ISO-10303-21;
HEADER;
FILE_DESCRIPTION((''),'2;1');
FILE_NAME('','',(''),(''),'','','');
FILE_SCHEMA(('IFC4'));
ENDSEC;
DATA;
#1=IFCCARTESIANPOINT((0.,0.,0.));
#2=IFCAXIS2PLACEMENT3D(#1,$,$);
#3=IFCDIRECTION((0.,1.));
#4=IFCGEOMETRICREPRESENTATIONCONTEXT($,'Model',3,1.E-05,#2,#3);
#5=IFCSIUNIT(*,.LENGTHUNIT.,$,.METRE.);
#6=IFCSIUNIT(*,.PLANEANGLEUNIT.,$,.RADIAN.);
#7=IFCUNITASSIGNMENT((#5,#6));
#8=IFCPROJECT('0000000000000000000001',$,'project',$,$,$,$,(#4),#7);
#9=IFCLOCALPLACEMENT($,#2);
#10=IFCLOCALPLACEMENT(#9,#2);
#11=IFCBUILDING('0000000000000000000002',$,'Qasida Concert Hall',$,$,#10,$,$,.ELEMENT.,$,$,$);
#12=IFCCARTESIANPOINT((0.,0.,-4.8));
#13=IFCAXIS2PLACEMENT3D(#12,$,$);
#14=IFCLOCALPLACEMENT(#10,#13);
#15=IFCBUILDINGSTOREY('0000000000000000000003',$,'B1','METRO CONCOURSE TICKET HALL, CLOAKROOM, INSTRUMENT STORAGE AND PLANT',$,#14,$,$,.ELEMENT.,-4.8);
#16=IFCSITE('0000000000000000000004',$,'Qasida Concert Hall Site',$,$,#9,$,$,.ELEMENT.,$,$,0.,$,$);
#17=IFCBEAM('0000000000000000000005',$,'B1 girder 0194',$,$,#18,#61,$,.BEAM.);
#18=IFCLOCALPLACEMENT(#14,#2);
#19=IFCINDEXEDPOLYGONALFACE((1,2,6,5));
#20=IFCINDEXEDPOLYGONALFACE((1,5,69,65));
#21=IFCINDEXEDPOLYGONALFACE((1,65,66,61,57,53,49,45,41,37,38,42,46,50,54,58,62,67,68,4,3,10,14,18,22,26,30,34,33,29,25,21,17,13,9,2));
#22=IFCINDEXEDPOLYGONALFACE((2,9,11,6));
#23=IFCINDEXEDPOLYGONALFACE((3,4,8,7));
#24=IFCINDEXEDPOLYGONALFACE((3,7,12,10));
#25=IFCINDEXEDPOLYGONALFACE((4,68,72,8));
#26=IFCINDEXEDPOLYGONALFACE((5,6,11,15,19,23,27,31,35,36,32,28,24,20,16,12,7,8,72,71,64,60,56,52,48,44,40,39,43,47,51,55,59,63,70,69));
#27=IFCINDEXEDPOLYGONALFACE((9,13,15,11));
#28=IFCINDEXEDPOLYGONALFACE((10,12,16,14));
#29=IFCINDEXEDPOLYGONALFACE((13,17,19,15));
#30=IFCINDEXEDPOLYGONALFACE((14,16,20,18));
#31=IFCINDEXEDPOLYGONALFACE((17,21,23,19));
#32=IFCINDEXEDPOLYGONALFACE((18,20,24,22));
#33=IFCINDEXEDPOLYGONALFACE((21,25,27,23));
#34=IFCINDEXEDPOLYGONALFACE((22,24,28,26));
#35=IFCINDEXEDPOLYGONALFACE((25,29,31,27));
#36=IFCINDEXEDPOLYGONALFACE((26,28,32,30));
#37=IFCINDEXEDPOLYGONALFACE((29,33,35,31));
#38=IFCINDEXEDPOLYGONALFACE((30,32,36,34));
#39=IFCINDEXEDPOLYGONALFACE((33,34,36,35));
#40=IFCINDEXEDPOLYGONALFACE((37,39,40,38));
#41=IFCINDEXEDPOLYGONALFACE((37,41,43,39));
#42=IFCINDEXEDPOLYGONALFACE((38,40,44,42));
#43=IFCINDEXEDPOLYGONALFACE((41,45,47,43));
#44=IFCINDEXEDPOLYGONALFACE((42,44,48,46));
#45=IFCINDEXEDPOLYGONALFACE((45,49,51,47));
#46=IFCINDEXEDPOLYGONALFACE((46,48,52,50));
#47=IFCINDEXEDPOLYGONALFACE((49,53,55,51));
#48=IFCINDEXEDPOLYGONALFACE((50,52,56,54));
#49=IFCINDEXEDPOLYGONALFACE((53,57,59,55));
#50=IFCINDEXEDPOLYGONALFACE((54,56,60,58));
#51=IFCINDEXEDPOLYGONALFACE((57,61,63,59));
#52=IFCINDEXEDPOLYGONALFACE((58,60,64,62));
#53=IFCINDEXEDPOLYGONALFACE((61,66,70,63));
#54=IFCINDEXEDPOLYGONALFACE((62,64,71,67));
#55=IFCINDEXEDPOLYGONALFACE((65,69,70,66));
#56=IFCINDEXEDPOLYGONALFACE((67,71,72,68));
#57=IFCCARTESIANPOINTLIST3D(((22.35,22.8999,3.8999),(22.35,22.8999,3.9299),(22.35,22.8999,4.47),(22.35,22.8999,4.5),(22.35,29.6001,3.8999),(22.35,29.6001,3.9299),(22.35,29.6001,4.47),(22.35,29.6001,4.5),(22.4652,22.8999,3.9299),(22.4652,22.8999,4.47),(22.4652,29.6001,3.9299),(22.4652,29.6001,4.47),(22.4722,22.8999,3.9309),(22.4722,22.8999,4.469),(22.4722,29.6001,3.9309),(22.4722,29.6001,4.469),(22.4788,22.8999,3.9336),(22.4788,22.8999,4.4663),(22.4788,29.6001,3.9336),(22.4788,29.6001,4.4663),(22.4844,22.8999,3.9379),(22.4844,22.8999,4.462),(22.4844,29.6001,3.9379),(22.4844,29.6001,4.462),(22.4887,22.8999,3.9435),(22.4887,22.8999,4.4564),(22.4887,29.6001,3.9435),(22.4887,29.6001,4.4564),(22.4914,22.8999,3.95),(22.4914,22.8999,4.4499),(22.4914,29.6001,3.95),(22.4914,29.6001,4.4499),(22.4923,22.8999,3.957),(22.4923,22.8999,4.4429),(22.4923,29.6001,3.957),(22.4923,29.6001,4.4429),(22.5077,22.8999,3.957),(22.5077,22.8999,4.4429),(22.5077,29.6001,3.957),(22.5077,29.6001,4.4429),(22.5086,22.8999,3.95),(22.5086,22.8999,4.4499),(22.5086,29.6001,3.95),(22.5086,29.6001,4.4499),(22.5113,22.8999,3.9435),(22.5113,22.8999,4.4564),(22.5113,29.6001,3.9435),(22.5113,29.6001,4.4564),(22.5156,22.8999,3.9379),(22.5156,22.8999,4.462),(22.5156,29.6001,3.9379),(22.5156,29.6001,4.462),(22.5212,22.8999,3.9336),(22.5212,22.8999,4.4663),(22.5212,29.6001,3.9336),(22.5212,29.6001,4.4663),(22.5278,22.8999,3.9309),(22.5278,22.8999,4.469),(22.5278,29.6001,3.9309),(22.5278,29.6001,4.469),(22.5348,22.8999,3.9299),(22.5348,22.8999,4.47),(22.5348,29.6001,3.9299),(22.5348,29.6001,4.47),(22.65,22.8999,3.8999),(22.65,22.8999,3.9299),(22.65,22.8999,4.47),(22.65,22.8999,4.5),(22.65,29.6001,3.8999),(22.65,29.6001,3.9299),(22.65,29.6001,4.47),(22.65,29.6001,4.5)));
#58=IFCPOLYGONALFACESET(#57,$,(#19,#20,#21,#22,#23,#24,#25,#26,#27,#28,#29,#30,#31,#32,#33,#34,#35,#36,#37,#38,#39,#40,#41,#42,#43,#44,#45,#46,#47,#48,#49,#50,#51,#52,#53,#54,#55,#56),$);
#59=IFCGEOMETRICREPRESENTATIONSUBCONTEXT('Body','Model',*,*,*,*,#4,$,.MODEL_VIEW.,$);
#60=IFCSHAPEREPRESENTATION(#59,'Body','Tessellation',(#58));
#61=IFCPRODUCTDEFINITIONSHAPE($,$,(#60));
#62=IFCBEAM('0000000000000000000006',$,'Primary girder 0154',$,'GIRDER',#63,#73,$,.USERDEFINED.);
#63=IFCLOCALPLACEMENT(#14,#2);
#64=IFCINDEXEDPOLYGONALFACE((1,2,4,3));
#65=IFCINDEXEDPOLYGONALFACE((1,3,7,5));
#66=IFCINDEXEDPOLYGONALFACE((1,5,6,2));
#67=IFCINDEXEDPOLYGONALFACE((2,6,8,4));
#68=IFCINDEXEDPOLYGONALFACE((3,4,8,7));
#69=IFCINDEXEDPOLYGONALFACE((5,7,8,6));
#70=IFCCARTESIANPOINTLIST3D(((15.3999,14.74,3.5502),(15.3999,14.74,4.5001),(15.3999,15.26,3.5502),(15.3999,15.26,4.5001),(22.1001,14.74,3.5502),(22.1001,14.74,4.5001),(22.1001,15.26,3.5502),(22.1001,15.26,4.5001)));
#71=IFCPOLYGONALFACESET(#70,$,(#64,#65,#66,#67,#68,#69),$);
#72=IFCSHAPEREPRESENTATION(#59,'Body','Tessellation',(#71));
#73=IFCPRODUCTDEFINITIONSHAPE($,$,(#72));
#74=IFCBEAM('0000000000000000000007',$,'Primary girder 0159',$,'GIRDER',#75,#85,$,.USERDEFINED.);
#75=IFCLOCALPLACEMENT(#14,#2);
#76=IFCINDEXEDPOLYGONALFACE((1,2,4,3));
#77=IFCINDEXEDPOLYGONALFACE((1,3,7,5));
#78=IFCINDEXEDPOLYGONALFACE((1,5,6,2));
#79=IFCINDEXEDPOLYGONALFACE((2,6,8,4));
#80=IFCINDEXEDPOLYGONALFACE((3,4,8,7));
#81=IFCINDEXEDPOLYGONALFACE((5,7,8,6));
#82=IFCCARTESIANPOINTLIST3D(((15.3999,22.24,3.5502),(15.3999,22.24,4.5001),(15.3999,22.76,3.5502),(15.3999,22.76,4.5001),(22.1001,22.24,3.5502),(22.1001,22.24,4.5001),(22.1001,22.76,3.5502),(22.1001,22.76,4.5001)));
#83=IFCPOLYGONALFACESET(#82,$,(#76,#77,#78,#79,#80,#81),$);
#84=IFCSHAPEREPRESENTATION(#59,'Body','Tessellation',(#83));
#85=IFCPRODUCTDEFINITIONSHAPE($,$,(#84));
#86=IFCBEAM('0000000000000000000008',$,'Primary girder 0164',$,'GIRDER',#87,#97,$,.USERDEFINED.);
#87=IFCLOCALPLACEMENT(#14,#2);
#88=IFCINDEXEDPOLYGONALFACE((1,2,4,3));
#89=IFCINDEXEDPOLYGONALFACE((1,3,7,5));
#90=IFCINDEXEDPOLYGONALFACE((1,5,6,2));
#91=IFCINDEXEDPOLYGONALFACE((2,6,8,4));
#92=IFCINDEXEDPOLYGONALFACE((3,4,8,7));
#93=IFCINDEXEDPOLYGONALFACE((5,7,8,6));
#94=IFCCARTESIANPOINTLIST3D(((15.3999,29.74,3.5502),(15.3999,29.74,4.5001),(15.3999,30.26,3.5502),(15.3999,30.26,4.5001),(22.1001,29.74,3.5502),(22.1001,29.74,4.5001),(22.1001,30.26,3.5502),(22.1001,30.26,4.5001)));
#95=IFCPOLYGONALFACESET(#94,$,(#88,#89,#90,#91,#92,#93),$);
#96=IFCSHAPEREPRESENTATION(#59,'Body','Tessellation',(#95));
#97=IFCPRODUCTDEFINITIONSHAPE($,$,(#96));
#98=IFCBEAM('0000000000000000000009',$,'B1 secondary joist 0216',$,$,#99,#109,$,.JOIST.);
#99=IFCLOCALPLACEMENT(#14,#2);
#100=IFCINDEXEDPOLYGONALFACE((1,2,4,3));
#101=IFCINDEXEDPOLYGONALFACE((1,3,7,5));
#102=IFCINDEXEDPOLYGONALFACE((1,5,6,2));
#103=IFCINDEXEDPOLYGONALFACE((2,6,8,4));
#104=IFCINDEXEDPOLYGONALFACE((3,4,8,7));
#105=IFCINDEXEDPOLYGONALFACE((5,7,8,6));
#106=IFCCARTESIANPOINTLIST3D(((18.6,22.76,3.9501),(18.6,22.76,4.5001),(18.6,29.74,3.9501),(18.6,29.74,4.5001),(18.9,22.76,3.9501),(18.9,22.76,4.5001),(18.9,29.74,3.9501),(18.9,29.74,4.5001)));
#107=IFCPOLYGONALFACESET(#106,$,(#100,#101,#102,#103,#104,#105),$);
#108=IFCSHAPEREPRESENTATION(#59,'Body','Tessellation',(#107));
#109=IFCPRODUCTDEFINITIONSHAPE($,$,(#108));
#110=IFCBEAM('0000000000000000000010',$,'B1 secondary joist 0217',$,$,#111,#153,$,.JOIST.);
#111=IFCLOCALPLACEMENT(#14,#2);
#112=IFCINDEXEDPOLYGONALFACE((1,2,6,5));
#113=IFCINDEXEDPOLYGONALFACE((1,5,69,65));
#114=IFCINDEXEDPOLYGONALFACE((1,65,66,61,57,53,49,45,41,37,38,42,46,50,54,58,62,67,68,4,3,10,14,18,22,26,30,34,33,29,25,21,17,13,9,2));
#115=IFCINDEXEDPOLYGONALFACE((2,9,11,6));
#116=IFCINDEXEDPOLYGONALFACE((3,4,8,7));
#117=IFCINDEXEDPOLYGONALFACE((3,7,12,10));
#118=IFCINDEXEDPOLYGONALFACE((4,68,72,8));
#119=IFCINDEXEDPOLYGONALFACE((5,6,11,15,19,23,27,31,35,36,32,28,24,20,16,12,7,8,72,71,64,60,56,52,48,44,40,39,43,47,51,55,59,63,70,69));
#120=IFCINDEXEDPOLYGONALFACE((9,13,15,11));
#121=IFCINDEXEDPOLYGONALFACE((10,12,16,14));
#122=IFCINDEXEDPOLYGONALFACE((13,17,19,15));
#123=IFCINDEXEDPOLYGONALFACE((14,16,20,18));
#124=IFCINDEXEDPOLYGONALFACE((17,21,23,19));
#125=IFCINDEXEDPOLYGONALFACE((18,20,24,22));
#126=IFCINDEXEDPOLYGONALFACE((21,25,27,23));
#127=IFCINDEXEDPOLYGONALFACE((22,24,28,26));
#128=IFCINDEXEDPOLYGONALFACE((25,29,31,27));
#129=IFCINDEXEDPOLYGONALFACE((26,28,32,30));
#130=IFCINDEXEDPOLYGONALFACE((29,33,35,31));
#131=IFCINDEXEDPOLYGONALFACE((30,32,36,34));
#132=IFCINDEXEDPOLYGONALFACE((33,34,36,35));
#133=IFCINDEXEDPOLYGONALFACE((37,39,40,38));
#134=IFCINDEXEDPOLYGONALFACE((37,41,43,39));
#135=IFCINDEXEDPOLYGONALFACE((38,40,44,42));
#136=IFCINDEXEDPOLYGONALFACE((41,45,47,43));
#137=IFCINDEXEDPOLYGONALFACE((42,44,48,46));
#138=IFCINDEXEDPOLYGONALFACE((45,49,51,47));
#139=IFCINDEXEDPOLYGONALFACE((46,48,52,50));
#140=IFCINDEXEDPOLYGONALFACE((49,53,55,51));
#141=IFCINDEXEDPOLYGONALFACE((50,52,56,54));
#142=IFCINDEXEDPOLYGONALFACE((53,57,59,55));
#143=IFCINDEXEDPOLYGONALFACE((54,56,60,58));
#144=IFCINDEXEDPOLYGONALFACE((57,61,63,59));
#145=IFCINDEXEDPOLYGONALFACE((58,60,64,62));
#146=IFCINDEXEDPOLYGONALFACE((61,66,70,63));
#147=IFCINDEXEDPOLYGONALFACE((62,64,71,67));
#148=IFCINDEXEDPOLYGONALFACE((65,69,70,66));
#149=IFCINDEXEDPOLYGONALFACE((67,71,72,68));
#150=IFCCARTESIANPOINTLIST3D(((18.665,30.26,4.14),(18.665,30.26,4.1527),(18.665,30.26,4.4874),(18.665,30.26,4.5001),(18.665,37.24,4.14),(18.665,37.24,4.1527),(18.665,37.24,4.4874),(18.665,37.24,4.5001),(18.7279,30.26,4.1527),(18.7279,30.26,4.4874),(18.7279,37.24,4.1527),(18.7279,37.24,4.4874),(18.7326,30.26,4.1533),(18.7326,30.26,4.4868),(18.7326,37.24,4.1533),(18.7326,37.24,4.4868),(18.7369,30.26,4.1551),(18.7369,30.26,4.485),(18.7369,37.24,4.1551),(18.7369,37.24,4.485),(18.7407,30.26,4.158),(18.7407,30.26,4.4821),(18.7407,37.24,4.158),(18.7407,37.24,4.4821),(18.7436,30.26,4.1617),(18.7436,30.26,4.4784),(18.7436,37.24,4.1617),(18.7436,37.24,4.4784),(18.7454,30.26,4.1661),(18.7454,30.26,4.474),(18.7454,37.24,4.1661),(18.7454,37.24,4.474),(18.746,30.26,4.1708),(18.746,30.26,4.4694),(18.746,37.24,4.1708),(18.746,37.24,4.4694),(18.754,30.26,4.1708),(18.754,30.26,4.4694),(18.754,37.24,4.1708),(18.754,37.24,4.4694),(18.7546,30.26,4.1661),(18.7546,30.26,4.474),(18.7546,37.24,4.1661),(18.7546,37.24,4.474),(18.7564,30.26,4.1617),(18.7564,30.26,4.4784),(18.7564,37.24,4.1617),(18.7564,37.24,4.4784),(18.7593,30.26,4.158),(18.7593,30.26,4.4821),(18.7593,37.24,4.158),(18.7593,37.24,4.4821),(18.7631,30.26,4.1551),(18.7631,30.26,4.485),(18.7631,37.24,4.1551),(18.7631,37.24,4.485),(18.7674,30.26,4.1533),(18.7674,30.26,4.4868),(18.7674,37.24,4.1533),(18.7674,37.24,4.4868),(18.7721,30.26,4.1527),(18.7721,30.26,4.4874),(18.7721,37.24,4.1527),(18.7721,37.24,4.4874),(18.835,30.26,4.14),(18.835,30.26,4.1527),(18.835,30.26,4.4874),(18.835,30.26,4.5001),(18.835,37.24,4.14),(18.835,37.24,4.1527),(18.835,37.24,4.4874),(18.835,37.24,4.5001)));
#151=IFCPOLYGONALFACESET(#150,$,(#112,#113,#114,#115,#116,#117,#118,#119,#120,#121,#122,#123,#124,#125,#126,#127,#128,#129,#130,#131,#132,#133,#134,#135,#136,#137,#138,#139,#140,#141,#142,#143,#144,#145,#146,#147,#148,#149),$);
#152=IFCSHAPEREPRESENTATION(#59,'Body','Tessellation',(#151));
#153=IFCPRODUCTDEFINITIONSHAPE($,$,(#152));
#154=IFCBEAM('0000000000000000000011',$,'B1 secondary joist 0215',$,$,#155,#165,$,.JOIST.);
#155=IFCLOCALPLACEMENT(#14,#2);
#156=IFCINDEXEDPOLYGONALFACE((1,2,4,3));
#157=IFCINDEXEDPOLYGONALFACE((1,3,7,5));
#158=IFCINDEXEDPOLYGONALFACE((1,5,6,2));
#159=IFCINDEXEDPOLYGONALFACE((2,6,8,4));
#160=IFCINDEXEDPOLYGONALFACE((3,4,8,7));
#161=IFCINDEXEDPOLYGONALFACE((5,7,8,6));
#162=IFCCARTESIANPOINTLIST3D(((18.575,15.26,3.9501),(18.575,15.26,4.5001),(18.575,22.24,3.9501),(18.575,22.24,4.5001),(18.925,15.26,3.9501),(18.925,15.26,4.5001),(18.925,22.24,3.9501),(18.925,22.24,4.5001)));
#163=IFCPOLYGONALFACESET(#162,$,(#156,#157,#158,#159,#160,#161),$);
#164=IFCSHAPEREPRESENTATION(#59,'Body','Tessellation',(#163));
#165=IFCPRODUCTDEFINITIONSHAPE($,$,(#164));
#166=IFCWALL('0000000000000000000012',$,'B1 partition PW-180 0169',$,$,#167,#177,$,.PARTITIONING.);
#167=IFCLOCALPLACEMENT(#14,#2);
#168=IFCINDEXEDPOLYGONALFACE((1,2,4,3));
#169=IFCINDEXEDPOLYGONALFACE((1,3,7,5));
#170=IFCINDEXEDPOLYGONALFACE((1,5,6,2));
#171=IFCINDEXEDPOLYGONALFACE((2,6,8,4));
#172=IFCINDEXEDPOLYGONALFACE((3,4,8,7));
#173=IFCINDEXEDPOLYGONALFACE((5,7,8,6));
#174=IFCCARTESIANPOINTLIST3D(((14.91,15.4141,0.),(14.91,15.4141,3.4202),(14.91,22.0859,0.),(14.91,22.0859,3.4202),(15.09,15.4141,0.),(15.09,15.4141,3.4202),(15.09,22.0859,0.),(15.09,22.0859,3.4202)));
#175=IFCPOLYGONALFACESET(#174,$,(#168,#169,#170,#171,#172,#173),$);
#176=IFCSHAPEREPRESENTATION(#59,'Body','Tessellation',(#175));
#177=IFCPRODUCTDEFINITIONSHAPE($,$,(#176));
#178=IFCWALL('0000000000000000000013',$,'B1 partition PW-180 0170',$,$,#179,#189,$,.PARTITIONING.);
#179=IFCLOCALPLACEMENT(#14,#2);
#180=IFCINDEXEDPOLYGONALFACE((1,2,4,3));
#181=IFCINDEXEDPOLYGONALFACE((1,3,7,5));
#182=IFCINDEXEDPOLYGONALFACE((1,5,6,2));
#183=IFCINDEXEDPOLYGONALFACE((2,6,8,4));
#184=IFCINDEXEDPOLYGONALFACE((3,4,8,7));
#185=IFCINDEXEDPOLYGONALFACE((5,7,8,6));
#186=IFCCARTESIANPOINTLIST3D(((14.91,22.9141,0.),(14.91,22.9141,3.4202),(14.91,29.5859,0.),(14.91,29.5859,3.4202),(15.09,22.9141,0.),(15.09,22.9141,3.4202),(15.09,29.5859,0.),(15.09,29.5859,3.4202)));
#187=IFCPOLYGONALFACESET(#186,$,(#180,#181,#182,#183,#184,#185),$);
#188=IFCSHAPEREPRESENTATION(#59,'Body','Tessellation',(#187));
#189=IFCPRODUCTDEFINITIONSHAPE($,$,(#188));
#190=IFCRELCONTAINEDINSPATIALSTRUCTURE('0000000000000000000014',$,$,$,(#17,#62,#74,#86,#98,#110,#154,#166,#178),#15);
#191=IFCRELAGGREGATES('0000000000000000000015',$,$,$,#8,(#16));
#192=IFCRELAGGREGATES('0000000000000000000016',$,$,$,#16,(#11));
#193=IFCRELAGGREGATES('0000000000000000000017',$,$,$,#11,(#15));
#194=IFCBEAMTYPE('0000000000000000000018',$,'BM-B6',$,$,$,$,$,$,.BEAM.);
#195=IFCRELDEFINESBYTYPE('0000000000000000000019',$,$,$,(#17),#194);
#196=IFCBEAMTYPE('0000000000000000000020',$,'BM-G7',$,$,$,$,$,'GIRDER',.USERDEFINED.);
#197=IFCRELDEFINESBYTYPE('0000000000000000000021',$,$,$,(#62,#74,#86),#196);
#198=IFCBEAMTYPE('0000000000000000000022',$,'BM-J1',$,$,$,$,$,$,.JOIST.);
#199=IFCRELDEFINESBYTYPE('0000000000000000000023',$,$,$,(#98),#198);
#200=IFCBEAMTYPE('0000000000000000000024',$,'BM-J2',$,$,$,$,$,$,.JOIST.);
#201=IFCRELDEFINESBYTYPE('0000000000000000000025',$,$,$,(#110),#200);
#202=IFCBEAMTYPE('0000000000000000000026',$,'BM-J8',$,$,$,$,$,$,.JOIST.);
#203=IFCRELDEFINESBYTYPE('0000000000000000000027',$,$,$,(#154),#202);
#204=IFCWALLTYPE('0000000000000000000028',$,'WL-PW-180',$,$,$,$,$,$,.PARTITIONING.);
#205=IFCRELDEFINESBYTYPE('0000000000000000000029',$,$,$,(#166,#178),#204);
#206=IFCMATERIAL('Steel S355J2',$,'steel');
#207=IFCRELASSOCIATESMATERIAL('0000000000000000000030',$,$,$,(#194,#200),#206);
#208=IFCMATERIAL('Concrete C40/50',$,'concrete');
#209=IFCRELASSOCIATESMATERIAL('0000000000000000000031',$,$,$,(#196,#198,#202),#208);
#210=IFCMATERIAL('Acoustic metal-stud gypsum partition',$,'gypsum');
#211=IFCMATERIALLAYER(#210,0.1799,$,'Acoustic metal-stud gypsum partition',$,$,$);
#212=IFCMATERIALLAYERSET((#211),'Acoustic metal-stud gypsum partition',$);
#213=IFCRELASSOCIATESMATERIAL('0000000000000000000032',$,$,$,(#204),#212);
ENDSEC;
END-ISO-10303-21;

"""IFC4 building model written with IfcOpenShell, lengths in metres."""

from ifc_helpers import new_model, si_unit, direction, frame, frame_2d, origin, origin_2d, place, context, subcontext, project, spatial, rectangle, i_section, extrude, material, layer, layer_set, material_profile, profile_set, type_object, element, save


model = new_model("IFC4")

# Units and contexts
model_context = context("Model", 3, precision=1e-05, world=origin(), true_north=direction((0.0, 1.0)))
body_context = subcontext(model_context, "Body", "Model", "MODEL_VIEW")
ifc_project = project(units=[si_unit("LENGTHUNIT", "METRE"), si_unit("PLANEANGLEUNIT", "RADIAN")], contexts=[model_context])

# Site, building, storey
site_placement = place(None, origin())
site = spatial("IfcSite", under=ifc_project, at=site_placement, Name="Qasida Concert Hall Site", CompositionType="ELEMENT", RefElevation=0.0)
building_placement = place(site_placement, origin())
building = spatial("IfcBuilding", under=site, at=building_placement, Name="Qasida Concert Hall", CompositionType="ELEMENT")
storey_placement = place(building_placement, frame((0.0, 0.0, -4.8)))
storey = spatial("IfcBuildingStorey", under=building, at=storey_placement, Name="B1", Description="METRO CONCOURSE TICKET HALL, CLOAKROOM, INSTRUMENT STORAGE AND PLANT", CompositionType="ELEMENT", Elevation=-4.8)

# Shared definitions
ifc_material_1 = material(Name="Concrete C40/50", Category="concrete")

# Beams
ifc_material_2 = material(Name="Steel S355J2", Category="steel")
ifc_material_profile_1 = material_profile(ifc_material_2, i_section(OverallWidth=0.3, OverallDepth=0.6001, WebThickness=0.0154, FlangeThickness=0.03, FilletRadius=0.0271, at=origin_2d()), Name="HEB 600")
ifc_profile_set_1 = profile_set([ifc_material_profile_1], Name="Steel S355J2")
beam_type_1 = type_object("IfcBeamType", Name="BM-B6", PredefinedType="BEAM", material=ifc_profile_set_1)
beam_1_placement = place(storey_placement, frame((22.5, 22.8999, 4.2), z_axis=(0.0, 1.0, 0.0), x_axis=(-1.0, 0.0, 0.0)))
element("IfcBeam", 1, at=beam_1_placement, inside=storey, type_object=beam_type_1, Name="B1 girder 0194", PredefinedType="BEAM", context=body_context, shape_type="SweptSolid", body=[
    extrude(i_section(OverallWidth=0.3, OverallDepth=0.6001, WebThickness=0.0154, FlangeThickness=0.03, FilletRadius=0.0271, at=origin_2d()), origin(), (0.0, 0.0, 1.0), 6.7002),
])
ifc_material_profile_2 = material_profile(ifc_material_1, rectangle(XDim=0.52, YDim=0.95, at=origin_2d()), Name="RC 520x950")
ifc_profile_set_2 = profile_set([ifc_material_profile_2], Name="Concrete C40/50")
beam_type_2 = type_object("IfcBeamType", Name="BM-G7", ElementType="GIRDER", PredefinedType="USERDEFINED", material=ifc_profile_set_2)
for number, where, z_axis, x_axis, name in (
    (2, (15.3999, 15.0, 4.0251), (1.0, 0.0, 0.0), (0.0, 1.0, 0.0), "Primary girder 0154"),
    (3, (15.3999, 22.5, 4.0251), (1.0, 0.0, 0.0), (0.0, 1.0, 0.0), "Primary girder 0159"),
    (4, (15.3999, 30.0, 4.0251), (1.0, 0.0, 0.0), (0.0, 1.0, 0.0), "Primary girder 0164"),
):
    element("IfcBeam", number, at=place(storey_placement, frame(where, z_axis=z_axis, x_axis=x_axis)), inside=storey, type_object=beam_type_2, Name=name, ObjectType="GIRDER", PredefinedType="USERDEFINED", context=body_context, shape_type="SweptSolid", body=[
        extrude(rectangle(XDim=0.52, YDim=0.95, at=origin_2d()), origin(), (0.0, 0.0, 1.0), 6.7002),
    ])
ifc_material_profile_3 = material_profile(ifc_material_1, rectangle(XDim=0.3, YDim=0.55, at=origin_2d()), Name="RC 300x550")
ifc_profile_set_3 = profile_set([ifc_material_profile_3], Name="Concrete C40/50")
beam_type_3 = type_object("IfcBeamType", Name="BM-J1", PredefinedType="JOIST", material=ifc_profile_set_3)
beam_2_placement = place(storey_placement, frame((18.75, 22.76, 4.2251), z_axis=(0.0, 1.0, 0.0), x_axis=(-1.0, 0.0, 0.0)))
element("IfcBeam", 5, at=beam_2_placement, inside=storey, type_object=beam_type_3, Name="B1 secondary joist 0216", PredefinedType="JOIST", context=body_context, shape_type="SweptSolid", body=[
    extrude(rectangle(XDim=0.3, YDim=0.55, at=origin_2d()), origin(), (0.0, 0.0, 1.0), 6.98),
])
ifc_material_profile_4 = material_profile(ifc_material_2, i_section(OverallWidth=0.1699, OverallDepth=0.3601, WebThickness=0.0081, FlangeThickness=0.0127, FilletRadius=0.0181, at=origin_2d()), Name="IPE 360")
ifc_profile_set_4 = profile_set([ifc_material_profile_4], Name="Steel S355J2")
beam_type_4 = type_object("IfcBeamType", Name="BM-J2", PredefinedType="JOIST", material=ifc_profile_set_4)
beam_3_placement = place(storey_placement, frame((18.75, 30.26, 4.3201), z_axis=(0.0, 1.0, 0.0), x_axis=(-1.0, 0.0, 0.0)))
element("IfcBeam", 6, at=beam_3_placement, inside=storey, type_object=beam_type_4, Name="B1 secondary joist 0217", PredefinedType="JOIST", context=body_context, shape_type="SweptSolid", body=[
    extrude(i_section(OverallWidth=0.1699, OverallDepth=0.3601, WebThickness=0.0081, FlangeThickness=0.0127, FilletRadius=0.0181, at=origin_2d()), origin(), (0.0, 0.0, 1.0), 6.98),
])
ifc_material_profile_5 = material_profile(ifc_material_1, rectangle(XDim=0.3501, YDim=0.55, at=origin_2d()), Name="RC 350x550")
ifc_profile_set_5 = profile_set([ifc_material_profile_5], Name="Concrete C40/50")
beam_type_5 = type_object("IfcBeamType", Name="BM-J8", PredefinedType="JOIST", material=ifc_profile_set_5)
beam_4_placement = place(storey_placement, frame((18.75, 15.26, 4.2251), z_axis=(0.0, 1.0, 0.0), x_axis=(-1.0, 0.0, 0.0)))
element("IfcBeam", 7, at=beam_4_placement, inside=storey, type_object=beam_type_5, Name="B1 secondary joist 0215", PredefinedType="JOIST", context=body_context, shape_type="SweptSolid", body=[
    extrude(rectangle(XDim=0.3501, YDim=0.55, at=origin_2d()), origin(), (0.0, 0.0, 1.0), 6.98),
])

# Walls
ifc_material_3 = material(Name="Acoustic metal-stud gypsum partition", Category="gypsum")
ifc_layer_1 = layer(ifc_material_3, 0.1799, Name="Acoustic metal-stud gypsum partition")
ifc_layer_set_1 = layer_set([ifc_layer_1], Name="Acoustic metal-stud gypsum partition")
wall_type_1 = type_object("IfcWallType", Name="WL-PW-180", PredefinedType="PARTITIONING", material=ifc_layer_set_1)
for number, where, z_axis, x_axis, name in (
    (8, (15.0, 15.4141, 0.0), (0.0, 0.0, 1.0), (0.0, 1.0, 0.0), "B1 partition PW-180 0169"),
    (9, (15.0, 22.9141, 0.0), (0.0, 0.0, 1.0), (0.0, 1.0, 0.0), "B1 partition PW-180 0170"),
):
    element("IfcWall", number, at=place(storey_placement, frame(where, z_axis=z_axis, x_axis=x_axis)), inside=storey, type_object=wall_type_1, Name=name, PredefinedType="PARTITIONING", context=body_context, shape_type="SweptSolid", body=[
        extrude(rectangle(XDim=6.6719, YDim=0.1799, at=frame_2d((3.3359, 0.0))), origin(), (0.0, 0.0, 1.0), 3.4202),
    ])

save(model, "model.ifc")
